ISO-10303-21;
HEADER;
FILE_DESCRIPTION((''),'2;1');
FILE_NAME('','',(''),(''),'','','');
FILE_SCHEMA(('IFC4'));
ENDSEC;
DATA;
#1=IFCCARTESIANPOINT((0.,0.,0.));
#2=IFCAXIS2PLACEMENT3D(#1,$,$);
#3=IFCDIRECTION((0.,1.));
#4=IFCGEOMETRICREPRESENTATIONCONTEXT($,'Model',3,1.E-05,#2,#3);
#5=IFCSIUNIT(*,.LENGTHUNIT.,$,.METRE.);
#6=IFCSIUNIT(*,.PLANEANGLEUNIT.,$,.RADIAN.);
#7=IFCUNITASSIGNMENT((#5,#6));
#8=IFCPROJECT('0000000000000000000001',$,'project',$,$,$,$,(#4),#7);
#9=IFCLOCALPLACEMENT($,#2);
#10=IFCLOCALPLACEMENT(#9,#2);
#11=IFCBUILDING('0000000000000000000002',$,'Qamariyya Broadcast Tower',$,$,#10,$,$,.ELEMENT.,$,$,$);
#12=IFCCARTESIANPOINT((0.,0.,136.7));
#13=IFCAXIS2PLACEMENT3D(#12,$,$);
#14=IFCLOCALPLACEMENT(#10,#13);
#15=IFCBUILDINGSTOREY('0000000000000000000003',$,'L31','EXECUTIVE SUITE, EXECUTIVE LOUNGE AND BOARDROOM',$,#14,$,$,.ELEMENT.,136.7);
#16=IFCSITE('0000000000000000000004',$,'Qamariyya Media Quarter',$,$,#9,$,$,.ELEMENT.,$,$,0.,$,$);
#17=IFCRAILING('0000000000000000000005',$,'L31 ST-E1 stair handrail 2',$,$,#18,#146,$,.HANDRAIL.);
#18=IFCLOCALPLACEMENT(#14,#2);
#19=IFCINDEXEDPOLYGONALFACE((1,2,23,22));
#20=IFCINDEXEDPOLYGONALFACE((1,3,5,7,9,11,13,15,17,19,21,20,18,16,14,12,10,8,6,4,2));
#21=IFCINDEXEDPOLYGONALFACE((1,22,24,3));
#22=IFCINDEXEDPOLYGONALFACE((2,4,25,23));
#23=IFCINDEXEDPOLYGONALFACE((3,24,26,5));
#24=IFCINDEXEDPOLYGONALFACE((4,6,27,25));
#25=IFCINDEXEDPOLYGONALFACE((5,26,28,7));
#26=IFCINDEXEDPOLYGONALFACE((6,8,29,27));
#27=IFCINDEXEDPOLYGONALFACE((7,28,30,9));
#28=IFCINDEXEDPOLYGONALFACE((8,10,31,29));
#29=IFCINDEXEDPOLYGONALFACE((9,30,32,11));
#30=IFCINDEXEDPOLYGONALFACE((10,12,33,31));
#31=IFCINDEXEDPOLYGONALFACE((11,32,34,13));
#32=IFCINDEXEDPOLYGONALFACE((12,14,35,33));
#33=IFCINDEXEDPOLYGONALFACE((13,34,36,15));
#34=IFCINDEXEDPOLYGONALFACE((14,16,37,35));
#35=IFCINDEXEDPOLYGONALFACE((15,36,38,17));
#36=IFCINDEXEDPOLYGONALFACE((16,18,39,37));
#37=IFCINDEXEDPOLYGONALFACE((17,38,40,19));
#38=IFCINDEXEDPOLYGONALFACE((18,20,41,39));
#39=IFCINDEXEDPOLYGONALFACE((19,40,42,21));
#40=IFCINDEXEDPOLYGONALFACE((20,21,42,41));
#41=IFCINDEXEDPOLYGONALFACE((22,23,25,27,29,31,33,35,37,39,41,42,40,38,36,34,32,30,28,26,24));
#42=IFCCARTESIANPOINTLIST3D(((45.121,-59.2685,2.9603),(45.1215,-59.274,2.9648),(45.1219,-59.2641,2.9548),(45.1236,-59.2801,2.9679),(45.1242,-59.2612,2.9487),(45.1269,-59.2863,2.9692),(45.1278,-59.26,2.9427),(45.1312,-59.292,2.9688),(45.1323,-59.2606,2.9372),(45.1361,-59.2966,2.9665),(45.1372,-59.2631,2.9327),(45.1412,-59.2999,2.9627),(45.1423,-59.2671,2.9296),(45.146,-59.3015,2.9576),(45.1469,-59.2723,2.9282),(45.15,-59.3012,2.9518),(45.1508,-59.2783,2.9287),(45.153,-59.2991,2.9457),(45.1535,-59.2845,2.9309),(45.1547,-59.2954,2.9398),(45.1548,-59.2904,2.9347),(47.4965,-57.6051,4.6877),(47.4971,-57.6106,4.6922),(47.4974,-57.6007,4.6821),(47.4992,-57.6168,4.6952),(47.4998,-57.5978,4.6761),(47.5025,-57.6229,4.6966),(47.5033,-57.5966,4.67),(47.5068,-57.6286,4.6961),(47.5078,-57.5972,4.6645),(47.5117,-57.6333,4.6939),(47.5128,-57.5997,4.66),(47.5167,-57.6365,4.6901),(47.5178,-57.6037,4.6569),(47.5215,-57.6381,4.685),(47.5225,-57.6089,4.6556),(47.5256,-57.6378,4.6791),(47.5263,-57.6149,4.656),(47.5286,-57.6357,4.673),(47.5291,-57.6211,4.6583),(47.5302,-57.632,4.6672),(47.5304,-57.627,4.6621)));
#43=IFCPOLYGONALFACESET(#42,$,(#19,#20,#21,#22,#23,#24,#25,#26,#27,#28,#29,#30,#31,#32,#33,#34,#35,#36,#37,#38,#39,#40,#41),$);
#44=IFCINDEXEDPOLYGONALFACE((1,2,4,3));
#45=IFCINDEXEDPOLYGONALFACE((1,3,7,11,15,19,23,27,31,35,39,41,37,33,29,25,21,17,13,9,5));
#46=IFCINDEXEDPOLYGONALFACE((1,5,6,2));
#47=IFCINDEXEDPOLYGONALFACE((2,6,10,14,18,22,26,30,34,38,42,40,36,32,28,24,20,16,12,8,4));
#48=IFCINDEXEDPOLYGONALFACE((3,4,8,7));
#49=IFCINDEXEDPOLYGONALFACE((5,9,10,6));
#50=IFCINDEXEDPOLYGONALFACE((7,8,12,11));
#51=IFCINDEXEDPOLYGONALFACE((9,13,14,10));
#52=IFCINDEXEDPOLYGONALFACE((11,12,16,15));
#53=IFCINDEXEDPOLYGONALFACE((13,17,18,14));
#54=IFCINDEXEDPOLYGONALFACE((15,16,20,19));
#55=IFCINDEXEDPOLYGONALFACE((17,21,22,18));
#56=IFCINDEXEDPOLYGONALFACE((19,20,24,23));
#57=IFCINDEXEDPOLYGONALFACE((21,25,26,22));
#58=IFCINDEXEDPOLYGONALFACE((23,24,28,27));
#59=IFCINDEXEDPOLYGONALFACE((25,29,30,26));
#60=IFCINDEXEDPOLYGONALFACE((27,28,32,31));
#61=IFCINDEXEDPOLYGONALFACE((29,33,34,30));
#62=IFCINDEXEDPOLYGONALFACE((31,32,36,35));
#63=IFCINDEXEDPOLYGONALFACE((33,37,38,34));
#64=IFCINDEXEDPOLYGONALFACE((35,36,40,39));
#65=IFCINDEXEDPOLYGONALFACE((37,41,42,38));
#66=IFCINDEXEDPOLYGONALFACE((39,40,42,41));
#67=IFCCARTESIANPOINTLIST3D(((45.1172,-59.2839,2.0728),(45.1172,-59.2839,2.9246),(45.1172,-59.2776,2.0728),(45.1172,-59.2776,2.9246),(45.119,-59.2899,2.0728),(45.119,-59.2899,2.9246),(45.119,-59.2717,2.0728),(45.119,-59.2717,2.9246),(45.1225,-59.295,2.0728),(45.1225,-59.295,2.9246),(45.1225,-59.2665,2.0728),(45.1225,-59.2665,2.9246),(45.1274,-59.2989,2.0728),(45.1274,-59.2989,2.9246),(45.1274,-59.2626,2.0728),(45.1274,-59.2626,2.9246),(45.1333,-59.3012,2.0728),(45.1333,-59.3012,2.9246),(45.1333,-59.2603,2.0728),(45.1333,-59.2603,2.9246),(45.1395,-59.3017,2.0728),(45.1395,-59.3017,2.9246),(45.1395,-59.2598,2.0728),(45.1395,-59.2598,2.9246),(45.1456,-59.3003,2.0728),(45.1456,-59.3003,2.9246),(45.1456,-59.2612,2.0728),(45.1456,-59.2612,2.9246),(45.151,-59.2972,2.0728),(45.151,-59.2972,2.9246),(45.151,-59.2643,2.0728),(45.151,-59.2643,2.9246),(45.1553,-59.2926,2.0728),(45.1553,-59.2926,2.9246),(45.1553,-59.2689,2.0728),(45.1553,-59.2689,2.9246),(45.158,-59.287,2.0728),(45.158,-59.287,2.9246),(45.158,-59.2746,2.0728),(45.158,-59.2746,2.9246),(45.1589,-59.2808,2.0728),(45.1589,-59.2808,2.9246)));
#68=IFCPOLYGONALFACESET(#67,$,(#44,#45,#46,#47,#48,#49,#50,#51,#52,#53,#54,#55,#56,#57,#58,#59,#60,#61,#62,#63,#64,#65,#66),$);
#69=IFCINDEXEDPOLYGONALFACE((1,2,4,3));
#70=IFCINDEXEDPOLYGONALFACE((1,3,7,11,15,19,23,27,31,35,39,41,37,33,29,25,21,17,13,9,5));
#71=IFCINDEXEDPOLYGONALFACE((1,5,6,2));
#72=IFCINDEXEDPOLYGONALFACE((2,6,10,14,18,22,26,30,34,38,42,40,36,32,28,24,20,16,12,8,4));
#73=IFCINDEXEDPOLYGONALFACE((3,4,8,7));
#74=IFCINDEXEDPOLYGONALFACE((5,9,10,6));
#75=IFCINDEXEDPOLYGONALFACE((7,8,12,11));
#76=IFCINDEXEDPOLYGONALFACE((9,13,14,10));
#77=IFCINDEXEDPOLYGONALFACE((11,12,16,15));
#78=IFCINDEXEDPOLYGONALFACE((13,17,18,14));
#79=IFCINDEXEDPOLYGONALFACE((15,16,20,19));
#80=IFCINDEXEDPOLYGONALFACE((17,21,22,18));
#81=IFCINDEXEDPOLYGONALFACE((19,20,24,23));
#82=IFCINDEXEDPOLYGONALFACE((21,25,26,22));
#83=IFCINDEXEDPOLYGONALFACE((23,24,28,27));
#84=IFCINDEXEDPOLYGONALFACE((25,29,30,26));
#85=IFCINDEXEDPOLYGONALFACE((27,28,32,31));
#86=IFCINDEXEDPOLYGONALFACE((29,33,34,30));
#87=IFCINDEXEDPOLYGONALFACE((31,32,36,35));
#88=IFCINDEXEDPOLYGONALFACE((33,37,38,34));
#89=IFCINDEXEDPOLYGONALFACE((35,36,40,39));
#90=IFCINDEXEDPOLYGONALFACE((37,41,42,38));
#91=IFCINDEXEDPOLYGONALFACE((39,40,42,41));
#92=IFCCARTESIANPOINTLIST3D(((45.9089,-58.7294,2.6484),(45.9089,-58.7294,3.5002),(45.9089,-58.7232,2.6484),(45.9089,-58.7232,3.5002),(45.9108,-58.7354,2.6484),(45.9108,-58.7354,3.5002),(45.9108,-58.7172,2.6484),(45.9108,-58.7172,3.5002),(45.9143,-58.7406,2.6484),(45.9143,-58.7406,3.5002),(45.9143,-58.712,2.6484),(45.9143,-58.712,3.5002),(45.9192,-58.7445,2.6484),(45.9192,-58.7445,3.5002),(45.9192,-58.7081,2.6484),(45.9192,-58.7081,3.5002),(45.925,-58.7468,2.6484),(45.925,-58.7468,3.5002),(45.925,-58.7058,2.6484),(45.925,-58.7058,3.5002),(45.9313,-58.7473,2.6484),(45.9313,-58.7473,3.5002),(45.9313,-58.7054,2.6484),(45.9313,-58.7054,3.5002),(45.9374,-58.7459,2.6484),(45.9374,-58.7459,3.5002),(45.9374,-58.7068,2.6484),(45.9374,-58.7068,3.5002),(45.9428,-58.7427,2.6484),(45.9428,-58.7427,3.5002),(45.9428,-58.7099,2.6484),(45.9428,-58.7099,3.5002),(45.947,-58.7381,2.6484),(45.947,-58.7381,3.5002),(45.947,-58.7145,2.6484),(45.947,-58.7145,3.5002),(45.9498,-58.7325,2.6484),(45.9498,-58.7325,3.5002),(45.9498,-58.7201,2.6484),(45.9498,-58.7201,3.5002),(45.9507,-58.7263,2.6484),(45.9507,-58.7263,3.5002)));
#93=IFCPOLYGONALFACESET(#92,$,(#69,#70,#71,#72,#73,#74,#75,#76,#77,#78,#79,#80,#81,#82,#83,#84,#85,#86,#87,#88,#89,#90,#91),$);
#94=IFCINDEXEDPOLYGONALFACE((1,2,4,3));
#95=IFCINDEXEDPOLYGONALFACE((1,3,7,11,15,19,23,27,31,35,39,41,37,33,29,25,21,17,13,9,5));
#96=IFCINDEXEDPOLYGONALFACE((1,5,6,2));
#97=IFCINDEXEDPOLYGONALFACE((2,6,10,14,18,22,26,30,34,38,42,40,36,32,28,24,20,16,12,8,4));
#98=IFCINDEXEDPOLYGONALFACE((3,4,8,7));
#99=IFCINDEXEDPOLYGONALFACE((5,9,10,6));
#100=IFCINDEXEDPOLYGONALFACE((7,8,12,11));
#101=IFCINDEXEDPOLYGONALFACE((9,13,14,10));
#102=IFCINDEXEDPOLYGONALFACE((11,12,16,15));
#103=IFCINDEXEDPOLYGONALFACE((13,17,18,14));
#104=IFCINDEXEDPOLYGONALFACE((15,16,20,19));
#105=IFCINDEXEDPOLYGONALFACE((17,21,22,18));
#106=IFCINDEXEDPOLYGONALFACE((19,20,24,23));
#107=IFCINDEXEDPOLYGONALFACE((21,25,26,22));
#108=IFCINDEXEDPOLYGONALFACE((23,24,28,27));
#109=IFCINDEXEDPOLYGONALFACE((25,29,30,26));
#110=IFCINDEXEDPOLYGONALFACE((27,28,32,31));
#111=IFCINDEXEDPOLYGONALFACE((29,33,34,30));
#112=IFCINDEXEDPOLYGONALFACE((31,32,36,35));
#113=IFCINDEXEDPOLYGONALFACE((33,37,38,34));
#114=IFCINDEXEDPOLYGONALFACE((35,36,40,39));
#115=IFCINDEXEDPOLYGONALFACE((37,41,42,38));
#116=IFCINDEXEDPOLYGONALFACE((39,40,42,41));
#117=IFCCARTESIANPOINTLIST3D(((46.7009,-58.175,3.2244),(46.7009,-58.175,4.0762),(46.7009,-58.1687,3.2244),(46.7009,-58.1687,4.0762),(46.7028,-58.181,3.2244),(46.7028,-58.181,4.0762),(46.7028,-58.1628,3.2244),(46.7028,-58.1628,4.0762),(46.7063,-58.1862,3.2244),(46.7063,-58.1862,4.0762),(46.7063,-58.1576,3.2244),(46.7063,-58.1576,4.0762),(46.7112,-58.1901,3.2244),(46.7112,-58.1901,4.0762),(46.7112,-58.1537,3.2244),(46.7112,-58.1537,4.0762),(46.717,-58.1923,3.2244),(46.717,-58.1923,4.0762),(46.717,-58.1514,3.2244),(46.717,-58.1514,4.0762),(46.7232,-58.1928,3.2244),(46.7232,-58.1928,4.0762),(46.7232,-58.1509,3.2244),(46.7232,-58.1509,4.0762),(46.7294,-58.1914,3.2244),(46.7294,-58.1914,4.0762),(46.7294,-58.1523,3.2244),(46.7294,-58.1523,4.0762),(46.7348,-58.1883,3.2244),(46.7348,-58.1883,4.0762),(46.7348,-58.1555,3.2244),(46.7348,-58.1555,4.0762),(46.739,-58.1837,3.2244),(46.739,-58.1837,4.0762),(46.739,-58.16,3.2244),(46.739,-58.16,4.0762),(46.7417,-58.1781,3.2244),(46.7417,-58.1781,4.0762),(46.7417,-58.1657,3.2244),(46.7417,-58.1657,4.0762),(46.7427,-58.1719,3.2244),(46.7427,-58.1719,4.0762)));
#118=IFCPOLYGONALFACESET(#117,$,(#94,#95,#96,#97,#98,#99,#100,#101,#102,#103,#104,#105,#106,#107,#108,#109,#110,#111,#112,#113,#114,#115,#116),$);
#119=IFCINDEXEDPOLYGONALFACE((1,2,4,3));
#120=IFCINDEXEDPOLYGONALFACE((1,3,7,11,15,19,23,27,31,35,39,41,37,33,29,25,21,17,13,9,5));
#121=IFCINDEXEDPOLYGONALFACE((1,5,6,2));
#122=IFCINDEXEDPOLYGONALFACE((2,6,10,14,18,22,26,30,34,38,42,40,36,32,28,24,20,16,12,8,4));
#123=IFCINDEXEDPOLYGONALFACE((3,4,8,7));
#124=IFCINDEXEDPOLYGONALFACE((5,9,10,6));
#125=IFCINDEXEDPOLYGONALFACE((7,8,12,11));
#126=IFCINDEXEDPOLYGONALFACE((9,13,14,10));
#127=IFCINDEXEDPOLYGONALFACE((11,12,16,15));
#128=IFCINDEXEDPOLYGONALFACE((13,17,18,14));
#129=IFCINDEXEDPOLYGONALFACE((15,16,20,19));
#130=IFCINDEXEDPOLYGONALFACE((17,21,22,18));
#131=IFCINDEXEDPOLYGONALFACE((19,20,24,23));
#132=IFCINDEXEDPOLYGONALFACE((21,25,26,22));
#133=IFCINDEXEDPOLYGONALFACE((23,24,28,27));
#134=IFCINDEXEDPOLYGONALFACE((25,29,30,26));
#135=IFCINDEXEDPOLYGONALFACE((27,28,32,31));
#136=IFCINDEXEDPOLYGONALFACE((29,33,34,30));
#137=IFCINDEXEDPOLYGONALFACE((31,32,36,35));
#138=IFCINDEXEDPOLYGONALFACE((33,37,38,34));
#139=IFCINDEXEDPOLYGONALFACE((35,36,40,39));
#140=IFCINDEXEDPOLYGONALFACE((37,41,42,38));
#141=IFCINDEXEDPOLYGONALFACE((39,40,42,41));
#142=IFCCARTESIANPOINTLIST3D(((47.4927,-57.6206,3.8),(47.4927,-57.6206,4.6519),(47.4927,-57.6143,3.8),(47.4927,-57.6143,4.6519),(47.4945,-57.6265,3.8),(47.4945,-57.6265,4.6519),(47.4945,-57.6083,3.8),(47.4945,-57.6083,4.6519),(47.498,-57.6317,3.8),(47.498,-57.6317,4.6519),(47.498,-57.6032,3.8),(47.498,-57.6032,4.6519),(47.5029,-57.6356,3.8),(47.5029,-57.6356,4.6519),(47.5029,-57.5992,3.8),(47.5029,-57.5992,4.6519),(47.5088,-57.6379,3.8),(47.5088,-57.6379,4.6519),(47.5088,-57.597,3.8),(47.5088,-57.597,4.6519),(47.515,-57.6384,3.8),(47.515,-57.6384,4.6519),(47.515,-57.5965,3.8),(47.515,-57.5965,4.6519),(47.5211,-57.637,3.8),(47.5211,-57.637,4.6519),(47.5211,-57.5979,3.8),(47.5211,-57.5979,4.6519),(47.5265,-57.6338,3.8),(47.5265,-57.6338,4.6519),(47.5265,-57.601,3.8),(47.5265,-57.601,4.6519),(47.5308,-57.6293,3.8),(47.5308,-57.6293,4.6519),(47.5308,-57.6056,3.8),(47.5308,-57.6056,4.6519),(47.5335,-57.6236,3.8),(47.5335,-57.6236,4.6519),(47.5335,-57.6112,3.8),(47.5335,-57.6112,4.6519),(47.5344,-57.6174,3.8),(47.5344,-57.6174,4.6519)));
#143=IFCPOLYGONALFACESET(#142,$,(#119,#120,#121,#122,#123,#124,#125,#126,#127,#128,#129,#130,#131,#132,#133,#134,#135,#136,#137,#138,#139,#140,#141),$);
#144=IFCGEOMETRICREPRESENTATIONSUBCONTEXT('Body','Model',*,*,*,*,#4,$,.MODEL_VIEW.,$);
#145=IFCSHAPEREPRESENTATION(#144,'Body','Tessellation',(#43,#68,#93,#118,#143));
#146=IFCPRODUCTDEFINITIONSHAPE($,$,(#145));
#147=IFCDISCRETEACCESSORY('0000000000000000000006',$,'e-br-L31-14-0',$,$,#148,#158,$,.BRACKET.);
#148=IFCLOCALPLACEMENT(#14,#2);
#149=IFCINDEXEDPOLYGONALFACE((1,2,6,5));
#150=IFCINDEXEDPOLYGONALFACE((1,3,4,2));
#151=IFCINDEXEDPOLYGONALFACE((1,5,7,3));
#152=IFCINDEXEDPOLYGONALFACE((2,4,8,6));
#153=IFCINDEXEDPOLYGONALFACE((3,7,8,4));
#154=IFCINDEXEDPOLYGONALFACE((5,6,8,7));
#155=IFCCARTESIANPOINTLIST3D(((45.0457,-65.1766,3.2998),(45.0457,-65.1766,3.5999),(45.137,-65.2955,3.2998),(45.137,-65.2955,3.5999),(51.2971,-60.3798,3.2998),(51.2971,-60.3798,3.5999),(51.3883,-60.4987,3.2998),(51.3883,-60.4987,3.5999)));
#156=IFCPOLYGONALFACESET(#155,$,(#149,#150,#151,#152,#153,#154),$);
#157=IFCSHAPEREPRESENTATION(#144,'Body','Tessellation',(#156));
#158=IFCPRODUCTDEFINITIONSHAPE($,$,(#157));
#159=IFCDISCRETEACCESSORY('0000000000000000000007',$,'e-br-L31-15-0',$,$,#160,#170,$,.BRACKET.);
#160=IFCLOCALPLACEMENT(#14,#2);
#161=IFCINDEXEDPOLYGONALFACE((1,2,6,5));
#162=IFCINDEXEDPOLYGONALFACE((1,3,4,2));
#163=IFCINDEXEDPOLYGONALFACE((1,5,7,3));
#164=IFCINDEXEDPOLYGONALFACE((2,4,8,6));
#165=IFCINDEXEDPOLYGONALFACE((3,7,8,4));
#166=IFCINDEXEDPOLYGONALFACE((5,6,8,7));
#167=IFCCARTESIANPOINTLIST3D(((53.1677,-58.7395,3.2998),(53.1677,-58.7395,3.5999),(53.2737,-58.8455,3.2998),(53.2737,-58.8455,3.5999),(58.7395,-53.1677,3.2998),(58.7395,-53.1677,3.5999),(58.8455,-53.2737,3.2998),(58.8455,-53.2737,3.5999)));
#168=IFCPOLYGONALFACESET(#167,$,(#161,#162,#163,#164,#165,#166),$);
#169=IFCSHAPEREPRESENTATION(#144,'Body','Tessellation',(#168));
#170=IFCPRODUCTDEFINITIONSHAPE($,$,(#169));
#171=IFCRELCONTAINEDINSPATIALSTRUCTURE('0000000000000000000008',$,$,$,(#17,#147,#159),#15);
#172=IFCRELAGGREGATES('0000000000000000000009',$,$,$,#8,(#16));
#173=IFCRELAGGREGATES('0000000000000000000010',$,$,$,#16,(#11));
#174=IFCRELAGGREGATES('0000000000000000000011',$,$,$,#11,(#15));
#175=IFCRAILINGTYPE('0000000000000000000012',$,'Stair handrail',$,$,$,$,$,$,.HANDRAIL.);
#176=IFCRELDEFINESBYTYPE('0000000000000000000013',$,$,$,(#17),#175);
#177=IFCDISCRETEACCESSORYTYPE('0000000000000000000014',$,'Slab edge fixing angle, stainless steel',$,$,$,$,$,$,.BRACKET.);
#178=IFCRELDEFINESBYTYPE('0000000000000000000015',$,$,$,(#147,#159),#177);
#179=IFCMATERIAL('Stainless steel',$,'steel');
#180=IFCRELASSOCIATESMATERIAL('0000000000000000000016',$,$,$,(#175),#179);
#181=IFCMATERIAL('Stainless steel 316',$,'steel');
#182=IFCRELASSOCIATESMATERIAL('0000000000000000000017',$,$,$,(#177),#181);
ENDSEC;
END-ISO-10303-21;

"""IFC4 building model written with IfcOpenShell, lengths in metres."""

from ifc_helpers import new_model, si_unit, direction, frame, origin, origin_2d, place, context, subcontext, project, spatial, rectangle, circle, extrude, material, type_object, element, save


model = new_model("IFC4")

# Units and contexts
model_context = context("Model", 3, precision=1e-05, world=origin(), true_north=direction((0.0, 1.0)))
body_context = subcontext(model_context, "Body", "Model", "MODEL_VIEW")
ifc_project = project(units=[si_unit("LENGTHUNIT", "METRE"), si_unit("PLANEANGLEUNIT", "RADIAN")], contexts=[model_context])

# Site, building, storey
site_placement = place(None, origin())
site = spatial("IfcSite", under=ifc_project, at=site_placement, Name="Qamariyya Media Quarter", CompositionType="ELEMENT", RefElevation=0.0)
building_placement = place(site_placement, origin())
building = spatial("IfcBuilding", under=site, at=building_placement, Name="Qamariyya Broadcast Tower", CompositionType="ELEMENT")
storey_placement = place(building_placement, frame((0.0, 0.0, 136.7)))
storey = spatial("IfcBuildingStorey", under=building, at=storey_placement, Name="L31", Description="EXECUTIVE SUITE, EXECUTIVE LOUNGE AND BOARDROOM", CompositionType="ELEMENT", Elevation=136.7)

# Railing
ifc_material_1 = material(Name="Stainless steel", Category="steel")
railing_type_1 = type_object("IfcRailingType", Name="Stair handrail", PredefinedType="HANDRAIL", material=ifc_material_1)
railing_1_placement = place(storey_placement, frame((45.1379, -59.2808, 2.0728)))
element("IfcRailing", 1, at=railing_1_placement, inside=storey, type_object=railing_type_1, Name="L31 ST-E1 stair handrail 2", PredefinedType="HANDRAIL", context=body_context, shape_type="SweptSolid", body=[
    extrude(circle(Radius=0.0239, at=origin_2d()), frame((0.0, 0.0, 0.876), z_axis=(0.70377, 0.492784, 0.511734), x_axis=(-0.573575, 0.819153, 0.0)), (0.0, 0.0, 1.0), 3.3755),
    extrude(circle(Radius=0.021, at=origin_2d()), origin(), (0.0, 0.0, 1.0), 0.8518),
    extrude(circle(Radius=0.021, at=origin_2d()), frame((0.7917, 0.5544, 0.5757)), (0.0, 0.0, 1.0), 0.8518),
    extrude(circle(Radius=0.021, at=origin_2d()), frame((1.5837, 1.1089, 1.1516)), (0.0, 0.0, 1.0), 0.8518),
    extrude(circle(Radius=0.021, at=origin_2d()), frame((2.3755, 1.6633, 1.7273)), (0.0, 0.0, 1.0), 0.8518),
])

# Discrete accessories
ifc_material_2 = material(Name="Stainless steel 316", Category="steel")
discrete_accessory_type = type_object("IfcDiscreteAccessoryType", Name="Slab edge fixing angle, stainless steel", PredefinedType="BRACKET", material=ifc_material_2)
for number, where, z_axis, x_axis, name in (
    (2, (48.217, -62.8376, 3.2998), (0.0, 0.0, 1.0), (0.793353, 0.608761, 0.0), "e-br-L31-14-0"),
    (3, (56.0066, -56.0066, 3.2998), (0.0, 0.0, 1.0), (0.707107, 0.707107, 0.0), "e-br-L31-15-0"),
):
    element("IfcDiscreteAccessory", number, at=place(storey_placement, frame(where, z_axis=z_axis, x_axis=x_axis)), inside=storey, type_object=discrete_accessory_type, Name=name, PredefinedType="BRACKET", context=body_context, shape_type="SweptSolid", body=[
        extrude(rectangle(XDim=7.8796, YDim=0.1499, at=origin_2d()), origin(), (0.0, 0.0, 1.0), 0.3),
    ])

save(model, "model.ifc")
